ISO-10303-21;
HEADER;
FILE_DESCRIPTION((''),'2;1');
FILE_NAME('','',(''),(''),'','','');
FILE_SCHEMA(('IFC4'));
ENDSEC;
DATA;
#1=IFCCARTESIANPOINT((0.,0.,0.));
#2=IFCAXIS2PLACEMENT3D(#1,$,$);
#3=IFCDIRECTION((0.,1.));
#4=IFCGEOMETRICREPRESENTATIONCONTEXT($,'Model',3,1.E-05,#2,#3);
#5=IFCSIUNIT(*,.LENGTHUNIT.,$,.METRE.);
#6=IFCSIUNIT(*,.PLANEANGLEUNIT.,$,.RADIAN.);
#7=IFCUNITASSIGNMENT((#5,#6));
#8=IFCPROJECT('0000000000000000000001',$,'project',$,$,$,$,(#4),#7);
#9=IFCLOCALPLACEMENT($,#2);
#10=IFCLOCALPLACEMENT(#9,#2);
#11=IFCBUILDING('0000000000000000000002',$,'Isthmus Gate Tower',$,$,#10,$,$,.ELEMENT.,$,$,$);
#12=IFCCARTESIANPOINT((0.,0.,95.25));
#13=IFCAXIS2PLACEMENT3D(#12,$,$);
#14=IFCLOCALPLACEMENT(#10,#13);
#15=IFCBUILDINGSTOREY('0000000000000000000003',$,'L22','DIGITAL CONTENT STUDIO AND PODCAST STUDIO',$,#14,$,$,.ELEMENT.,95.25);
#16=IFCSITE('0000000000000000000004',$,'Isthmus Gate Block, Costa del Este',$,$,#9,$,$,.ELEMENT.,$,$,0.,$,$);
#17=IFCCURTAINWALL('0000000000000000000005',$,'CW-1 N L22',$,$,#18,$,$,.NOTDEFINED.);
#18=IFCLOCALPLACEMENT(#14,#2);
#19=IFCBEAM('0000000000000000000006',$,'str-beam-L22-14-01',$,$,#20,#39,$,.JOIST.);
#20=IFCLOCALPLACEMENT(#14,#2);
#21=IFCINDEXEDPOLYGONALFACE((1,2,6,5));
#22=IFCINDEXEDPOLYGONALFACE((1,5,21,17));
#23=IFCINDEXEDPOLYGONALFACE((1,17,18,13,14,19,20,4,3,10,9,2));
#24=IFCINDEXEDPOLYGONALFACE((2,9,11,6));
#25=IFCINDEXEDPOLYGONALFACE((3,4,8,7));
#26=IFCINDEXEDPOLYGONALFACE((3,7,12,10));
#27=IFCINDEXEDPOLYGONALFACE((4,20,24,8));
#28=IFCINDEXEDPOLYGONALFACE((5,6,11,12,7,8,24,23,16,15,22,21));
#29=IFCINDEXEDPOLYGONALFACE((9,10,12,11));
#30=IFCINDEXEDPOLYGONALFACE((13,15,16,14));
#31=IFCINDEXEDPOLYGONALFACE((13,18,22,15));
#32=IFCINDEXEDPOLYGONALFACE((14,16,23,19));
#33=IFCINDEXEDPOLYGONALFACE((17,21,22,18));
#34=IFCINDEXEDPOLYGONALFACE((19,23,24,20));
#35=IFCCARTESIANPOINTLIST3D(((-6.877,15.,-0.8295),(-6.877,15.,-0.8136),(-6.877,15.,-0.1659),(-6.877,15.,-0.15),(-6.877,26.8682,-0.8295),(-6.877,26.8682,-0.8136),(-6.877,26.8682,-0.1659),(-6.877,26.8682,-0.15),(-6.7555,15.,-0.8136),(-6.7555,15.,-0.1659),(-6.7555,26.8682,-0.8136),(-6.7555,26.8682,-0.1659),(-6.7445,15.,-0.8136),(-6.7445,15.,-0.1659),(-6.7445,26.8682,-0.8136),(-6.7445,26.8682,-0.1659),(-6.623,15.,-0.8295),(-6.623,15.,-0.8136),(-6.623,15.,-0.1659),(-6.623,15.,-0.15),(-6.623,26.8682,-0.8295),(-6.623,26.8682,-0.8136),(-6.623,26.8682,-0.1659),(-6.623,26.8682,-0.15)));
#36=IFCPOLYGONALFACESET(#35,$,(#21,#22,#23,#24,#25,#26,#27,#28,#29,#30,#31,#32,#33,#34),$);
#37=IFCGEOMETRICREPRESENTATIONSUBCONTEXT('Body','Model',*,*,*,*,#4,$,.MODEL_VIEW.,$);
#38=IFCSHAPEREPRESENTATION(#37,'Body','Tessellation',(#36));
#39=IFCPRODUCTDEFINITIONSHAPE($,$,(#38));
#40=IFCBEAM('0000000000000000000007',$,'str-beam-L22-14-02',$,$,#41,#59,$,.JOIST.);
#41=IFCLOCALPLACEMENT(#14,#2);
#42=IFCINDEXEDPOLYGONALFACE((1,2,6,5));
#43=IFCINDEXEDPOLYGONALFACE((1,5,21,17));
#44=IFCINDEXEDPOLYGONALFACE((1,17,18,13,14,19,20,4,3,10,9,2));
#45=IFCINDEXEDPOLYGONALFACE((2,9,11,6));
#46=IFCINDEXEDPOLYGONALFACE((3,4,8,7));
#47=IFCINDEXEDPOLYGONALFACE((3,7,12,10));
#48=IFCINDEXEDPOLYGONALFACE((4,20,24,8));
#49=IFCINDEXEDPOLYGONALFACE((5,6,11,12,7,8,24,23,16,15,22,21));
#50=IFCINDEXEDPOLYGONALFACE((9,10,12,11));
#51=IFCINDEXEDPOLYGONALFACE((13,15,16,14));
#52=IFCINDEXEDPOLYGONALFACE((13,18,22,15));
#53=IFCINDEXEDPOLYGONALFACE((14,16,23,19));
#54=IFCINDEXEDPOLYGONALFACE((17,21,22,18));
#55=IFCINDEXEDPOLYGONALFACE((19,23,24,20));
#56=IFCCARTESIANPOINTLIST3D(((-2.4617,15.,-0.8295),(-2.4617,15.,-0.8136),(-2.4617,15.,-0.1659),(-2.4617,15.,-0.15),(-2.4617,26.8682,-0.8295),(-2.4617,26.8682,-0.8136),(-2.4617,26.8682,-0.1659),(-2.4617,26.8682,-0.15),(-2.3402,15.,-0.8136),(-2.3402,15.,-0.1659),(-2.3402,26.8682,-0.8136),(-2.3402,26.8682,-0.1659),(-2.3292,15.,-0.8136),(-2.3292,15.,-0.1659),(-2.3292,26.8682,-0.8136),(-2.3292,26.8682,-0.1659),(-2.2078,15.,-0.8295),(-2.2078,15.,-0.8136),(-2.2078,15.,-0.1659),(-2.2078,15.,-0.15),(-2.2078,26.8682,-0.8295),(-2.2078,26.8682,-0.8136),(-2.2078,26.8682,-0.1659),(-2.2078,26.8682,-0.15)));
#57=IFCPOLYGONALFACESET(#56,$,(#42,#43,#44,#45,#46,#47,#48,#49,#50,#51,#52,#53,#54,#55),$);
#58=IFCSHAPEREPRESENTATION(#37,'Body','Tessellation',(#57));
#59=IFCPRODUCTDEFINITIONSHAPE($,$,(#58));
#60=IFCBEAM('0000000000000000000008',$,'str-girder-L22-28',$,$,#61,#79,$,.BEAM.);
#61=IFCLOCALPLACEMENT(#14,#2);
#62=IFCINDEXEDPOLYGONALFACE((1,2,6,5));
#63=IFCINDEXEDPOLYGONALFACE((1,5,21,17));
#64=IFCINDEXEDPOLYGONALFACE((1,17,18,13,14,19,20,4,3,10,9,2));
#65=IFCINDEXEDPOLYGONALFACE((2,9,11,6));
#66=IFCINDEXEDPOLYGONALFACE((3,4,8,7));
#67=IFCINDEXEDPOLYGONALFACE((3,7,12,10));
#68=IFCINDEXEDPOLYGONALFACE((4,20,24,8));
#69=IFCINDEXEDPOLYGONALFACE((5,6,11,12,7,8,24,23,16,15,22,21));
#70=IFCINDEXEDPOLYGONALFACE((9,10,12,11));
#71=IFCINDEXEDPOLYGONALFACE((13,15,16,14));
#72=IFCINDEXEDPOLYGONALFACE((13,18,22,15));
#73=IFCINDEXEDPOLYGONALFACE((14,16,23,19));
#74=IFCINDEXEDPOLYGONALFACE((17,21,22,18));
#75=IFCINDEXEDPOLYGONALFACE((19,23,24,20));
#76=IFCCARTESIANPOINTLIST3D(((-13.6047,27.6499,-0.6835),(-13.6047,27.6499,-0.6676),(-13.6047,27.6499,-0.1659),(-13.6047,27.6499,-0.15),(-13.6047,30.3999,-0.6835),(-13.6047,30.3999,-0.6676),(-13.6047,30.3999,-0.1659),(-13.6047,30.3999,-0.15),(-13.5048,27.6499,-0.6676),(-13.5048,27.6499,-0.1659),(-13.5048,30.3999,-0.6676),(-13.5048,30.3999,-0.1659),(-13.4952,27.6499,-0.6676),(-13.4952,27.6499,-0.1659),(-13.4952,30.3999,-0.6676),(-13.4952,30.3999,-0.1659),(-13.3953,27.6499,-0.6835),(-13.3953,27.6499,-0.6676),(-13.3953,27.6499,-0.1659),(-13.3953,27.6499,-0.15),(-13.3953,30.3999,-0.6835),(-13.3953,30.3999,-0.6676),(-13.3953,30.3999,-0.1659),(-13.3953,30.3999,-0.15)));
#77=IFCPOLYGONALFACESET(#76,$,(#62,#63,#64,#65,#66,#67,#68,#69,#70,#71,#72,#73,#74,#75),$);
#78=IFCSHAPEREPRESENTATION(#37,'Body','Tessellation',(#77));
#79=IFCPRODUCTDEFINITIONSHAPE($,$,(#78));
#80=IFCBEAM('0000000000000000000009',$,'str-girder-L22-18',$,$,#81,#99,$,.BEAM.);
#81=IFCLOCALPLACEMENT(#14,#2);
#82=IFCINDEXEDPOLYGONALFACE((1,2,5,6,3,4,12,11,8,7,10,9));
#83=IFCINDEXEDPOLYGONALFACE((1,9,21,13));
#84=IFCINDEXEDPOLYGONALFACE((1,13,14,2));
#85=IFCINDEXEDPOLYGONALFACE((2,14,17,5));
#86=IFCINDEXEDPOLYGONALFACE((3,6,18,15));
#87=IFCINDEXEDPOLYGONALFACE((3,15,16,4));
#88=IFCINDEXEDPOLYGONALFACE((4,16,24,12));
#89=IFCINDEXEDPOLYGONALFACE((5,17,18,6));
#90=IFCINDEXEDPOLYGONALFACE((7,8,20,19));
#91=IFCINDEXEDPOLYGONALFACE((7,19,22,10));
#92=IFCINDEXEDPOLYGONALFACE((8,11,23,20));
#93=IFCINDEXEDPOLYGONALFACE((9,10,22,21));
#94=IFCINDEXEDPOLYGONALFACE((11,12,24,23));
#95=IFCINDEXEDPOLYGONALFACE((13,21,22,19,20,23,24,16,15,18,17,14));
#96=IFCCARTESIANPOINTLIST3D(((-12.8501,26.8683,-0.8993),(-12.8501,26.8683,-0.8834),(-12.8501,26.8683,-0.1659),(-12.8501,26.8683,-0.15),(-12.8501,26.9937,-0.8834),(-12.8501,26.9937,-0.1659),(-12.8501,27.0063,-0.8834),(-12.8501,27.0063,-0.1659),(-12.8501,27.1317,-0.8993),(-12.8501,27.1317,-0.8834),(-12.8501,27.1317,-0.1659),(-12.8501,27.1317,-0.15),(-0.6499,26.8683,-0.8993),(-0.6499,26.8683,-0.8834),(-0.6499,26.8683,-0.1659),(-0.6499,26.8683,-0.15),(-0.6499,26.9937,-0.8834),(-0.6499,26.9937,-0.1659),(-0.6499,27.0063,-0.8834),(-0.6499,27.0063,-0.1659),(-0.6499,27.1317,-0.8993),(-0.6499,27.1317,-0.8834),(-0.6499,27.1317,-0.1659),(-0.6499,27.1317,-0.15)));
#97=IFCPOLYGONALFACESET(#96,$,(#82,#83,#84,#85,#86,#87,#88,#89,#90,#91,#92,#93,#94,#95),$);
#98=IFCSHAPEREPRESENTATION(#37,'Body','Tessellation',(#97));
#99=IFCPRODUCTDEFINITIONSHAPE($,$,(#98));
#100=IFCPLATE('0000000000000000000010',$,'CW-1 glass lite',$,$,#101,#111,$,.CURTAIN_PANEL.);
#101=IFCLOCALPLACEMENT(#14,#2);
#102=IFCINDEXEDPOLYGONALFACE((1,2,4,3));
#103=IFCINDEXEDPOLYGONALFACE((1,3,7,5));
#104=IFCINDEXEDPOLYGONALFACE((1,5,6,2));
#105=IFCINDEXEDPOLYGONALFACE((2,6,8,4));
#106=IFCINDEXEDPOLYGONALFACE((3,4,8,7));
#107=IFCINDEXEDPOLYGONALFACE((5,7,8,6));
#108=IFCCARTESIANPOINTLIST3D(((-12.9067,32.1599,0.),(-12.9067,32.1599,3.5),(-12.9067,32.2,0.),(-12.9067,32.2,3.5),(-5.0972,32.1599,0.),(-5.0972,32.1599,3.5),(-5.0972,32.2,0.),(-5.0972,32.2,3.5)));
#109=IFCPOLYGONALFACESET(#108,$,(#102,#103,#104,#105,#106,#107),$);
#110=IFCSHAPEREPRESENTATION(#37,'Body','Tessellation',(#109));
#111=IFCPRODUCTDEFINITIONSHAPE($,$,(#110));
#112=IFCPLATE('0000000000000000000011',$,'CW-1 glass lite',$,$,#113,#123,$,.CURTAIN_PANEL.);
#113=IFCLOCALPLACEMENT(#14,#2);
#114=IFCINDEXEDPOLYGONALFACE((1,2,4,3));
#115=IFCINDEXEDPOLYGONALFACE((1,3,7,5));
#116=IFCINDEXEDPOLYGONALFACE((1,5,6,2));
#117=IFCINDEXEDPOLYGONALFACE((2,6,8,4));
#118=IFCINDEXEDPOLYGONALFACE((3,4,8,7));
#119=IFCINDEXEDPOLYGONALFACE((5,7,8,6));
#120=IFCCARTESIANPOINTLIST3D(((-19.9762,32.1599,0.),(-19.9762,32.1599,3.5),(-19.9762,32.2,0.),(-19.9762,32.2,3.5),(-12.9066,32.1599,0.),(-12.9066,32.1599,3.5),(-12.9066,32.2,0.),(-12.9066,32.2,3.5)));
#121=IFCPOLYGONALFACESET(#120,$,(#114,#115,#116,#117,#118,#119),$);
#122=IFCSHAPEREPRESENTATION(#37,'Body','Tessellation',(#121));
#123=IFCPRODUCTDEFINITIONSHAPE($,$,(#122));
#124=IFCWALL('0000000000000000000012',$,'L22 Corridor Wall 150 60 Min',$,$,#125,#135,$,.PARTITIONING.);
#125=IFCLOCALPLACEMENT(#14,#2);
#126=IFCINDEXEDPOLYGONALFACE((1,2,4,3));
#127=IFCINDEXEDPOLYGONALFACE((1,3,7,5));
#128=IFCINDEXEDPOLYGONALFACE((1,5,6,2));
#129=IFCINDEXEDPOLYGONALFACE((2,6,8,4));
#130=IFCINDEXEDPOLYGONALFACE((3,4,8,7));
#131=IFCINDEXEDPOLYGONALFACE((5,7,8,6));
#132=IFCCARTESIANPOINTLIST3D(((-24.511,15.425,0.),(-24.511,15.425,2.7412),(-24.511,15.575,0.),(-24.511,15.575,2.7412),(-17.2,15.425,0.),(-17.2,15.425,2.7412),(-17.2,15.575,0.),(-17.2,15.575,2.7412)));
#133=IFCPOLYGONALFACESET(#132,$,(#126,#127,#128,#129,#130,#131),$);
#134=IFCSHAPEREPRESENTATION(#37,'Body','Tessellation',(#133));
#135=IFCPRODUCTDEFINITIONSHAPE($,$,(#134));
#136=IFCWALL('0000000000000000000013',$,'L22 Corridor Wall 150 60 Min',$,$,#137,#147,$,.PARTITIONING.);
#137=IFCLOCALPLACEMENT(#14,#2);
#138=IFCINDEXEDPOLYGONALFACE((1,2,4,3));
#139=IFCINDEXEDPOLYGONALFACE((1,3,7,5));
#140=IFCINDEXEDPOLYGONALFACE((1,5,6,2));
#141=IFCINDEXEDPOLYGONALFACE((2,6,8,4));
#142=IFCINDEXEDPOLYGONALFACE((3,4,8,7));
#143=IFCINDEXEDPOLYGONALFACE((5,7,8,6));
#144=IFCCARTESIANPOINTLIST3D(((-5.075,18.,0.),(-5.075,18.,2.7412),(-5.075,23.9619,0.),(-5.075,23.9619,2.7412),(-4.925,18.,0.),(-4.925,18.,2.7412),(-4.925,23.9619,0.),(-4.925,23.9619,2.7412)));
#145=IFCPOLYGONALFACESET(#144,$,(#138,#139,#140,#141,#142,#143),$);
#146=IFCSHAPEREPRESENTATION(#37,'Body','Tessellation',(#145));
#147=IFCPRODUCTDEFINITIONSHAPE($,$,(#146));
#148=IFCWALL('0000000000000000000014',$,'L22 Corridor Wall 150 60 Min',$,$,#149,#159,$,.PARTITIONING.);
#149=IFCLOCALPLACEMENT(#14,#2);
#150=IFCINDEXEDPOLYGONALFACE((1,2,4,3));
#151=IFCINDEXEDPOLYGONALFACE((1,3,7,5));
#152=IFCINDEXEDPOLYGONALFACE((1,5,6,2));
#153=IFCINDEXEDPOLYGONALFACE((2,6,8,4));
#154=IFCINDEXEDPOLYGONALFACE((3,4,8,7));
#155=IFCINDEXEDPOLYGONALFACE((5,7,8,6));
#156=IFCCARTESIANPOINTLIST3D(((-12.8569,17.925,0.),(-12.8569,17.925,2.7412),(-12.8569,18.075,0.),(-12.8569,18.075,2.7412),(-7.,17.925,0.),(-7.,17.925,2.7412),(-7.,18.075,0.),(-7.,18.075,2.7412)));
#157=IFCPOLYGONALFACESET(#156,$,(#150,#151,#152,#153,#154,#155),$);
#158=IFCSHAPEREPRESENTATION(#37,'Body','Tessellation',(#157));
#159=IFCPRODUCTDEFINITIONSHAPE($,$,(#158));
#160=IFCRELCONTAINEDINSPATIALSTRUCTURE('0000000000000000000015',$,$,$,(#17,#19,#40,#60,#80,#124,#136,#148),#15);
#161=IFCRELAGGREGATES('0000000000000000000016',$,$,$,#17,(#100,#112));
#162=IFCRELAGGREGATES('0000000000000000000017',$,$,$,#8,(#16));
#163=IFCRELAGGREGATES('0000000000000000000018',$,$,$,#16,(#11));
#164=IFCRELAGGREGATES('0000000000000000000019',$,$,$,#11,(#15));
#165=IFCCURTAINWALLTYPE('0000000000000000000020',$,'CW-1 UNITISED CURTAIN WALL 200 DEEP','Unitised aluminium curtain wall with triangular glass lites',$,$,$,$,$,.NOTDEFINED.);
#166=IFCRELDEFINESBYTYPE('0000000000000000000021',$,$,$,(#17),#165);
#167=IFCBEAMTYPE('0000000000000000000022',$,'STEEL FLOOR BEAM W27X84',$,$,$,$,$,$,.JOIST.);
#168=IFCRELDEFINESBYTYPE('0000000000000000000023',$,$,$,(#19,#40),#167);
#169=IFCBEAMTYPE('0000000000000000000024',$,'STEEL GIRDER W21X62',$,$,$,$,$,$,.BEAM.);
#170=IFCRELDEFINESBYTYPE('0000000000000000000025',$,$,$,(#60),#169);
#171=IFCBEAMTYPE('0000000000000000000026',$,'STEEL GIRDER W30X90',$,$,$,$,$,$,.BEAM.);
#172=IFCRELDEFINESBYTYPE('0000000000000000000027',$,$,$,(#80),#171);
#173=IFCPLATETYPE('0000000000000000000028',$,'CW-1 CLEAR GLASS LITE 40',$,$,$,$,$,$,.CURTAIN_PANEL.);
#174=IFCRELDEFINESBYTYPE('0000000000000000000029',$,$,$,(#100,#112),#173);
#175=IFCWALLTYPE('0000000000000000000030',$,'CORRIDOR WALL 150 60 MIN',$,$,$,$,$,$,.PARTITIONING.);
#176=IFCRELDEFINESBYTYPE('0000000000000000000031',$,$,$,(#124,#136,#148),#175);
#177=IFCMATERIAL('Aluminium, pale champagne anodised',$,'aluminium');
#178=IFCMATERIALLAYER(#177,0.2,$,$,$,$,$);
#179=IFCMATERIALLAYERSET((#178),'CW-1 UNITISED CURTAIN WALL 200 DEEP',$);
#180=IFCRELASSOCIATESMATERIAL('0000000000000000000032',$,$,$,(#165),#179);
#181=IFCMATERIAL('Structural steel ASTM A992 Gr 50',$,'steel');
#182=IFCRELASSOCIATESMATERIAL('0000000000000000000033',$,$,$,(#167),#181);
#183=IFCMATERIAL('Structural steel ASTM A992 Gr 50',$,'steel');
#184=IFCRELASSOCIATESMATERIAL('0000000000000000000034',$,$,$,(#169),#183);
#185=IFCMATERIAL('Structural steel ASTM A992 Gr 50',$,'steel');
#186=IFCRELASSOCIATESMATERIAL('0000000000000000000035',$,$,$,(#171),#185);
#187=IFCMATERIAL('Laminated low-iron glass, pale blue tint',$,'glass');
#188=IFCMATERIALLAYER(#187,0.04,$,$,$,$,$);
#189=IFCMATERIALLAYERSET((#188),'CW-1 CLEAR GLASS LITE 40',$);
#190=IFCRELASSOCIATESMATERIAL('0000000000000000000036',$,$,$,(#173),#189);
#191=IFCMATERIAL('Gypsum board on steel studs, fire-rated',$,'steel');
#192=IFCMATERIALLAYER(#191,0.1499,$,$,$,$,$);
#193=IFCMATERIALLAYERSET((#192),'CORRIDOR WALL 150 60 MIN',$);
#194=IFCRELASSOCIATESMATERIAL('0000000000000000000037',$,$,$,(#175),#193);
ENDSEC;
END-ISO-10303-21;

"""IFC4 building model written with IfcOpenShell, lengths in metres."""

from ifc_helpers import new_model, si_unit, direction, frame, frame_2d, origin, origin_2d, place, context, subcontext, project, spatial, rectangle, i_section, extrude, material, layer, layer_set, material_profile, profile_set, type_object, element, aggregate, save


model = new_model("IFC4")

# Units and contexts
model_context = context("Model", 3, precision=1e-05, world=origin(), true_north=direction((0.0, 1.0)))
body_context = subcontext(model_context, "Body", "Model", "MODEL_VIEW")
ifc_project = project(units=[si_unit("LENGTHUNIT", "METRE"), si_unit("PLANEANGLEUNIT", "RADIAN")], contexts=[model_context])

# Site, building, storey
site_placement = place(None, origin())
site = spatial("IfcSite", under=ifc_project, at=site_placement, Name="Isthmus Gate Block, Costa del Este", CompositionType="ELEMENT", RefElevation=0.0)
building_placement = place(site_placement, origin())
building = spatial("IfcBuilding", under=site, at=building_placement, Name="Isthmus Gate Tower", CompositionType="ELEMENT")
storey_placement = place(building_placement, frame((0.0, 0.0, 95.25)))
storey = spatial("IfcBuildingStorey", under=building, at=storey_placement, Name="L22", Description="DIGITAL CONTENT STUDIO AND PODCAST STUDIO", CompositionType="ELEMENT", Elevation=95.25)

# Curtain wall
ifc_material_1 = material(Name="Aluminium, pale champagne anodised", Category="aluminium")
ifc_layer_1 = layer(ifc_material_1, 0.2)
ifc_layer_set_1 = layer_set([ifc_layer_1], Name="CW-1 UNITISED CURTAIN WALL 200 DEEP")
curtain_wall_type = type_object("IfcCurtainWallType", Name="CW-1 UNITISED CURTAIN WALL 200 DEEP", Description="Unitised aluminium curtain wall with triangular glass lites", PredefinedType="NOTDEFINED", material=ifc_layer_set_1)
curtain_wall_placement = place(storey_placement, origin())
curtain_wall = element("IfcCurtainWall", 1, at=curtain_wall_placement, inside=storey, type_object=curtain_wall_type, Name="CW-1 N L22", PredefinedType="NOTDEFINED")

# Beams
ifc_material_2 = material(Name="Structural steel ASTM A992 Gr 50", Category="steel")
ifc_material_profile_1 = material_profile(ifc_material_2, i_section(OverallWidth=0.2539, OverallDepth=0.6794, WebThickness=0.011, FlangeThickness=0.0159, at=origin_2d()), Name="W27X84")
ifc_profile_set_1 = profile_set([ifc_material_profile_1], Name="Structural steel ASTM A992 Gr 50")
beam_type_1 = type_object("IfcBeamType", Name="STEEL FLOOR BEAM W27X84", PredefinedType="JOIST", material=ifc_profile_set_1)
for number, where, z_axis, x_axis, name in (
    (2, (-6.75, 15.0, -0.4897), (0.0, 1.0, 0.0), (-1.0, 0.0, 0.0), "str-beam-L22-14-01"),
    (3, (-2.3347, 15.0, -0.4897), (0.0, 1.0, 0.0), (-1.0, 0.0, 0.0), "str-beam-L22-14-02"),
):
    element("IfcBeam", number, at=place(storey_placement, frame(where, z_axis=z_axis, x_axis=x_axis)), inside=storey, type_object=beam_type_1, Name=name, PredefinedType="JOIST", context=body_context, shape_type="SweptSolid", body=[
        extrude(i_section(OverallWidth=0.2539, OverallDepth=0.6794, WebThickness=0.011, FlangeThickness=0.0159, at=origin_2d()), origin(), (0.0, 0.0, 1.0), 11.8682),
    ])
ifc_material_3 = material(Name="Structural steel ASTM A992 Gr 50", Category="steel")
ifc_material_profile_2 = material_profile(ifc_material_3, i_section(OverallWidth=0.2095, OverallDepth=0.5334, WebThickness=0.0095, FlangeThickness=0.0159, at=origin_2d()), Name="W21X62")
ifc_profile_set_2 = profile_set([ifc_material_profile_2], Name="Structural steel ASTM A992 Gr 50")
beam_type_2 = type_object("IfcBeamType", Name="STEEL GIRDER W21X62", PredefinedType="BEAM", material=ifc_profile_set_2)
beam_1_placement = place(storey_placement, frame((-13.5, 27.6499, -0.4167), z_axis=(0.0, 1.0, 0.0), x_axis=(-1.0, 0.0, 0.0)))
element("IfcBeam", 4, at=beam_1_placement, inside=storey, type_object=beam_type_2, Name="str-girder-L22-28", PredefinedType="BEAM", context=body_context, shape_type="SweptSolid", body=[
    extrude(i_section(OverallWidth=0.2095, OverallDepth=0.5334, WebThickness=0.0095, FlangeThickness=0.0159, at=origin_2d()), origin(), (0.0, 0.0, 1.0), 2.75),
])
ifc_material_4 = material(Name="Structural steel ASTM A992 Gr 50", Category="steel")
ifc_material_profile_3 = material_profile(ifc_material_4, i_section(OverallWidth=0.2634, OverallDepth=0.7493, WebThickness=0.0127, FlangeThickness=0.0159, at=origin_2d()), Name="W30X90")
ifc_profile_set_3 = profile_set([ifc_material_profile_3], Name="Structural steel ASTM A992 Gr 50")
beam_type_3 = type_object("IfcBeamType", Name="STEEL GIRDER W30X90", PredefinedType="BEAM", material=ifc_profile_set_3)
beam_2_placement = place(storey_placement, frame((-12.8501, 27.0, -0.5247), z_axis=(1.0, 0.0, 0.0), x_axis=(0.0, 1.0, 0.0)))
element("IfcBeam", 5, at=beam_2_placement, inside=storey, type_object=beam_type_3, Name="str-girder-L22-18", PredefinedType="BEAM", context=body_context, shape_type="SweptSolid", body=[
    extrude(i_section(OverallWidth=0.2634, OverallDepth=0.7493, WebThickness=0.0127, FlangeThickness=0.0159, at=origin_2d()), origin(), (0.0, 0.0, 1.0), 12.2002),
])

# Plates
ifc_material_5 = material(Name="Laminated low-iron glass, pale blue tint", Category="glass")
ifc_layer_2 = layer(ifc_material_5, 0.04)
ifc_layer_set_2 = layer_set([ifc_layer_2], Name="CW-1 CLEAR GLASS LITE 40")
plate_type = type_object("IfcPlateType", Name="CW-1 CLEAR GLASS LITE 40", PredefinedType="CURTAIN_PANEL", material=ifc_layer_set_2)
plate_1_placement = place(storey_placement, frame((-9.002, 32.1799, 0.0), z_axis=(0.0, 0.0, 1.0), x_axis=(-1.0, 0.0, 0.0)))
plate_1 = element("IfcPlate", 6, at=plate_1_placement, type_object=plate_type, Name="CW-1 glass lite", PredefinedType="CURTAIN_PANEL", context=body_context, shape_type="SweptSolid", body=[
    extrude(rectangle(XDim=7.8096, YDim=0.04, at=origin_2d()), origin(), (0.0, 0.0, 1.0), 3.5),
])
plate_2_placement = place(storey_placement, frame((-16.4414, 32.1799, 0.0), z_axis=(0.0, 0.0, 1.0), x_axis=(-1.0, 0.0, 0.0)))
plate_2 = element("IfcPlate", 7, at=plate_2_placement, type_object=plate_type, Name="CW-1 glass lite", PredefinedType="CURTAIN_PANEL", context=body_context, shape_type="SweptSolid", body=[
    extrude(rectangle(XDim=7.0696, YDim=0.04, at=origin_2d()), origin(), (0.0, 0.0, 1.0), 3.5),
])
aggregate(curtain_wall, [plate_1, plate_2])

# Walls
ifc_material_6 = material(Name="Gypsum board on steel studs, fire-rated", Category="steel")
ifc_layer_3 = layer(ifc_material_6, 0.1499)
ifc_layer_set_3 = layer_set([ifc_layer_3], Name="CORRIDOR WALL 150 60 MIN")
wall_type_1 = type_object("IfcWallType", Name="CORRIDOR WALL 150 60 MIN", PredefinedType="PARTITIONING", material=ifc_layer_set_3)
wall_1_placement = place(storey_placement, frame((-17.2, 15.5, 0.0), z_axis=(0.0, 0.0, 1.0), x_axis=(-1.0, 0.0, 0.0)))
element("IfcWall", 8, at=wall_1_placement, inside=storey, type_object=wall_type_1, Name="L22 Corridor Wall 150 60 Min", PredefinedType="PARTITIONING", context=body_context, shape_type="SweptSolid", body=[
    extrude(rectangle(XDim=7.311, YDim=0.1499, at=frame_2d((3.6555, 0.0))), origin(), (0.0, 0.0, 1.0), 2.7412),
])
wall_2_placement = place(storey_placement, frame((-5.0, 23.9619, 0.0), z_axis=(0.0, 0.0, 1.0), x_axis=(0.0, -1.0, 0.0)))
element("IfcWall", 9, at=wall_2_placement, inside=storey, type_object=wall_type_1, Name="L22 Corridor Wall 150 60 Min", PredefinedType="PARTITIONING", context=body_context, shape_type="SweptSolid", body=[
    extrude(rectangle(XDim=5.9619, YDim=0.1499, at=frame_2d((2.981, 0.0))), origin(), (0.0, 0.0, 1.0), 2.7412),
])
wall_3_placement = place(storey_placement, frame((-12.8569, 18.0, 0.0), z_axis=(0.0, 0.0, 1.0), x_axis=(1.0, 0.0, 0.0)))
element("IfcWall", 10, at=wall_3_placement, inside=storey, type_object=wall_type_1, Name="L22 Corridor Wall 150 60 Min", PredefinedType="PARTITIONING", context=body_context, shape_type="SweptSolid", body=[
    extrude(rectangle(XDim=5.8569, YDim=0.1499, at=frame_2d((2.9285, 0.0))), origin(), (0.0, 0.0, 1.0), 2.7412),
])

save(model, "model.ifc")
